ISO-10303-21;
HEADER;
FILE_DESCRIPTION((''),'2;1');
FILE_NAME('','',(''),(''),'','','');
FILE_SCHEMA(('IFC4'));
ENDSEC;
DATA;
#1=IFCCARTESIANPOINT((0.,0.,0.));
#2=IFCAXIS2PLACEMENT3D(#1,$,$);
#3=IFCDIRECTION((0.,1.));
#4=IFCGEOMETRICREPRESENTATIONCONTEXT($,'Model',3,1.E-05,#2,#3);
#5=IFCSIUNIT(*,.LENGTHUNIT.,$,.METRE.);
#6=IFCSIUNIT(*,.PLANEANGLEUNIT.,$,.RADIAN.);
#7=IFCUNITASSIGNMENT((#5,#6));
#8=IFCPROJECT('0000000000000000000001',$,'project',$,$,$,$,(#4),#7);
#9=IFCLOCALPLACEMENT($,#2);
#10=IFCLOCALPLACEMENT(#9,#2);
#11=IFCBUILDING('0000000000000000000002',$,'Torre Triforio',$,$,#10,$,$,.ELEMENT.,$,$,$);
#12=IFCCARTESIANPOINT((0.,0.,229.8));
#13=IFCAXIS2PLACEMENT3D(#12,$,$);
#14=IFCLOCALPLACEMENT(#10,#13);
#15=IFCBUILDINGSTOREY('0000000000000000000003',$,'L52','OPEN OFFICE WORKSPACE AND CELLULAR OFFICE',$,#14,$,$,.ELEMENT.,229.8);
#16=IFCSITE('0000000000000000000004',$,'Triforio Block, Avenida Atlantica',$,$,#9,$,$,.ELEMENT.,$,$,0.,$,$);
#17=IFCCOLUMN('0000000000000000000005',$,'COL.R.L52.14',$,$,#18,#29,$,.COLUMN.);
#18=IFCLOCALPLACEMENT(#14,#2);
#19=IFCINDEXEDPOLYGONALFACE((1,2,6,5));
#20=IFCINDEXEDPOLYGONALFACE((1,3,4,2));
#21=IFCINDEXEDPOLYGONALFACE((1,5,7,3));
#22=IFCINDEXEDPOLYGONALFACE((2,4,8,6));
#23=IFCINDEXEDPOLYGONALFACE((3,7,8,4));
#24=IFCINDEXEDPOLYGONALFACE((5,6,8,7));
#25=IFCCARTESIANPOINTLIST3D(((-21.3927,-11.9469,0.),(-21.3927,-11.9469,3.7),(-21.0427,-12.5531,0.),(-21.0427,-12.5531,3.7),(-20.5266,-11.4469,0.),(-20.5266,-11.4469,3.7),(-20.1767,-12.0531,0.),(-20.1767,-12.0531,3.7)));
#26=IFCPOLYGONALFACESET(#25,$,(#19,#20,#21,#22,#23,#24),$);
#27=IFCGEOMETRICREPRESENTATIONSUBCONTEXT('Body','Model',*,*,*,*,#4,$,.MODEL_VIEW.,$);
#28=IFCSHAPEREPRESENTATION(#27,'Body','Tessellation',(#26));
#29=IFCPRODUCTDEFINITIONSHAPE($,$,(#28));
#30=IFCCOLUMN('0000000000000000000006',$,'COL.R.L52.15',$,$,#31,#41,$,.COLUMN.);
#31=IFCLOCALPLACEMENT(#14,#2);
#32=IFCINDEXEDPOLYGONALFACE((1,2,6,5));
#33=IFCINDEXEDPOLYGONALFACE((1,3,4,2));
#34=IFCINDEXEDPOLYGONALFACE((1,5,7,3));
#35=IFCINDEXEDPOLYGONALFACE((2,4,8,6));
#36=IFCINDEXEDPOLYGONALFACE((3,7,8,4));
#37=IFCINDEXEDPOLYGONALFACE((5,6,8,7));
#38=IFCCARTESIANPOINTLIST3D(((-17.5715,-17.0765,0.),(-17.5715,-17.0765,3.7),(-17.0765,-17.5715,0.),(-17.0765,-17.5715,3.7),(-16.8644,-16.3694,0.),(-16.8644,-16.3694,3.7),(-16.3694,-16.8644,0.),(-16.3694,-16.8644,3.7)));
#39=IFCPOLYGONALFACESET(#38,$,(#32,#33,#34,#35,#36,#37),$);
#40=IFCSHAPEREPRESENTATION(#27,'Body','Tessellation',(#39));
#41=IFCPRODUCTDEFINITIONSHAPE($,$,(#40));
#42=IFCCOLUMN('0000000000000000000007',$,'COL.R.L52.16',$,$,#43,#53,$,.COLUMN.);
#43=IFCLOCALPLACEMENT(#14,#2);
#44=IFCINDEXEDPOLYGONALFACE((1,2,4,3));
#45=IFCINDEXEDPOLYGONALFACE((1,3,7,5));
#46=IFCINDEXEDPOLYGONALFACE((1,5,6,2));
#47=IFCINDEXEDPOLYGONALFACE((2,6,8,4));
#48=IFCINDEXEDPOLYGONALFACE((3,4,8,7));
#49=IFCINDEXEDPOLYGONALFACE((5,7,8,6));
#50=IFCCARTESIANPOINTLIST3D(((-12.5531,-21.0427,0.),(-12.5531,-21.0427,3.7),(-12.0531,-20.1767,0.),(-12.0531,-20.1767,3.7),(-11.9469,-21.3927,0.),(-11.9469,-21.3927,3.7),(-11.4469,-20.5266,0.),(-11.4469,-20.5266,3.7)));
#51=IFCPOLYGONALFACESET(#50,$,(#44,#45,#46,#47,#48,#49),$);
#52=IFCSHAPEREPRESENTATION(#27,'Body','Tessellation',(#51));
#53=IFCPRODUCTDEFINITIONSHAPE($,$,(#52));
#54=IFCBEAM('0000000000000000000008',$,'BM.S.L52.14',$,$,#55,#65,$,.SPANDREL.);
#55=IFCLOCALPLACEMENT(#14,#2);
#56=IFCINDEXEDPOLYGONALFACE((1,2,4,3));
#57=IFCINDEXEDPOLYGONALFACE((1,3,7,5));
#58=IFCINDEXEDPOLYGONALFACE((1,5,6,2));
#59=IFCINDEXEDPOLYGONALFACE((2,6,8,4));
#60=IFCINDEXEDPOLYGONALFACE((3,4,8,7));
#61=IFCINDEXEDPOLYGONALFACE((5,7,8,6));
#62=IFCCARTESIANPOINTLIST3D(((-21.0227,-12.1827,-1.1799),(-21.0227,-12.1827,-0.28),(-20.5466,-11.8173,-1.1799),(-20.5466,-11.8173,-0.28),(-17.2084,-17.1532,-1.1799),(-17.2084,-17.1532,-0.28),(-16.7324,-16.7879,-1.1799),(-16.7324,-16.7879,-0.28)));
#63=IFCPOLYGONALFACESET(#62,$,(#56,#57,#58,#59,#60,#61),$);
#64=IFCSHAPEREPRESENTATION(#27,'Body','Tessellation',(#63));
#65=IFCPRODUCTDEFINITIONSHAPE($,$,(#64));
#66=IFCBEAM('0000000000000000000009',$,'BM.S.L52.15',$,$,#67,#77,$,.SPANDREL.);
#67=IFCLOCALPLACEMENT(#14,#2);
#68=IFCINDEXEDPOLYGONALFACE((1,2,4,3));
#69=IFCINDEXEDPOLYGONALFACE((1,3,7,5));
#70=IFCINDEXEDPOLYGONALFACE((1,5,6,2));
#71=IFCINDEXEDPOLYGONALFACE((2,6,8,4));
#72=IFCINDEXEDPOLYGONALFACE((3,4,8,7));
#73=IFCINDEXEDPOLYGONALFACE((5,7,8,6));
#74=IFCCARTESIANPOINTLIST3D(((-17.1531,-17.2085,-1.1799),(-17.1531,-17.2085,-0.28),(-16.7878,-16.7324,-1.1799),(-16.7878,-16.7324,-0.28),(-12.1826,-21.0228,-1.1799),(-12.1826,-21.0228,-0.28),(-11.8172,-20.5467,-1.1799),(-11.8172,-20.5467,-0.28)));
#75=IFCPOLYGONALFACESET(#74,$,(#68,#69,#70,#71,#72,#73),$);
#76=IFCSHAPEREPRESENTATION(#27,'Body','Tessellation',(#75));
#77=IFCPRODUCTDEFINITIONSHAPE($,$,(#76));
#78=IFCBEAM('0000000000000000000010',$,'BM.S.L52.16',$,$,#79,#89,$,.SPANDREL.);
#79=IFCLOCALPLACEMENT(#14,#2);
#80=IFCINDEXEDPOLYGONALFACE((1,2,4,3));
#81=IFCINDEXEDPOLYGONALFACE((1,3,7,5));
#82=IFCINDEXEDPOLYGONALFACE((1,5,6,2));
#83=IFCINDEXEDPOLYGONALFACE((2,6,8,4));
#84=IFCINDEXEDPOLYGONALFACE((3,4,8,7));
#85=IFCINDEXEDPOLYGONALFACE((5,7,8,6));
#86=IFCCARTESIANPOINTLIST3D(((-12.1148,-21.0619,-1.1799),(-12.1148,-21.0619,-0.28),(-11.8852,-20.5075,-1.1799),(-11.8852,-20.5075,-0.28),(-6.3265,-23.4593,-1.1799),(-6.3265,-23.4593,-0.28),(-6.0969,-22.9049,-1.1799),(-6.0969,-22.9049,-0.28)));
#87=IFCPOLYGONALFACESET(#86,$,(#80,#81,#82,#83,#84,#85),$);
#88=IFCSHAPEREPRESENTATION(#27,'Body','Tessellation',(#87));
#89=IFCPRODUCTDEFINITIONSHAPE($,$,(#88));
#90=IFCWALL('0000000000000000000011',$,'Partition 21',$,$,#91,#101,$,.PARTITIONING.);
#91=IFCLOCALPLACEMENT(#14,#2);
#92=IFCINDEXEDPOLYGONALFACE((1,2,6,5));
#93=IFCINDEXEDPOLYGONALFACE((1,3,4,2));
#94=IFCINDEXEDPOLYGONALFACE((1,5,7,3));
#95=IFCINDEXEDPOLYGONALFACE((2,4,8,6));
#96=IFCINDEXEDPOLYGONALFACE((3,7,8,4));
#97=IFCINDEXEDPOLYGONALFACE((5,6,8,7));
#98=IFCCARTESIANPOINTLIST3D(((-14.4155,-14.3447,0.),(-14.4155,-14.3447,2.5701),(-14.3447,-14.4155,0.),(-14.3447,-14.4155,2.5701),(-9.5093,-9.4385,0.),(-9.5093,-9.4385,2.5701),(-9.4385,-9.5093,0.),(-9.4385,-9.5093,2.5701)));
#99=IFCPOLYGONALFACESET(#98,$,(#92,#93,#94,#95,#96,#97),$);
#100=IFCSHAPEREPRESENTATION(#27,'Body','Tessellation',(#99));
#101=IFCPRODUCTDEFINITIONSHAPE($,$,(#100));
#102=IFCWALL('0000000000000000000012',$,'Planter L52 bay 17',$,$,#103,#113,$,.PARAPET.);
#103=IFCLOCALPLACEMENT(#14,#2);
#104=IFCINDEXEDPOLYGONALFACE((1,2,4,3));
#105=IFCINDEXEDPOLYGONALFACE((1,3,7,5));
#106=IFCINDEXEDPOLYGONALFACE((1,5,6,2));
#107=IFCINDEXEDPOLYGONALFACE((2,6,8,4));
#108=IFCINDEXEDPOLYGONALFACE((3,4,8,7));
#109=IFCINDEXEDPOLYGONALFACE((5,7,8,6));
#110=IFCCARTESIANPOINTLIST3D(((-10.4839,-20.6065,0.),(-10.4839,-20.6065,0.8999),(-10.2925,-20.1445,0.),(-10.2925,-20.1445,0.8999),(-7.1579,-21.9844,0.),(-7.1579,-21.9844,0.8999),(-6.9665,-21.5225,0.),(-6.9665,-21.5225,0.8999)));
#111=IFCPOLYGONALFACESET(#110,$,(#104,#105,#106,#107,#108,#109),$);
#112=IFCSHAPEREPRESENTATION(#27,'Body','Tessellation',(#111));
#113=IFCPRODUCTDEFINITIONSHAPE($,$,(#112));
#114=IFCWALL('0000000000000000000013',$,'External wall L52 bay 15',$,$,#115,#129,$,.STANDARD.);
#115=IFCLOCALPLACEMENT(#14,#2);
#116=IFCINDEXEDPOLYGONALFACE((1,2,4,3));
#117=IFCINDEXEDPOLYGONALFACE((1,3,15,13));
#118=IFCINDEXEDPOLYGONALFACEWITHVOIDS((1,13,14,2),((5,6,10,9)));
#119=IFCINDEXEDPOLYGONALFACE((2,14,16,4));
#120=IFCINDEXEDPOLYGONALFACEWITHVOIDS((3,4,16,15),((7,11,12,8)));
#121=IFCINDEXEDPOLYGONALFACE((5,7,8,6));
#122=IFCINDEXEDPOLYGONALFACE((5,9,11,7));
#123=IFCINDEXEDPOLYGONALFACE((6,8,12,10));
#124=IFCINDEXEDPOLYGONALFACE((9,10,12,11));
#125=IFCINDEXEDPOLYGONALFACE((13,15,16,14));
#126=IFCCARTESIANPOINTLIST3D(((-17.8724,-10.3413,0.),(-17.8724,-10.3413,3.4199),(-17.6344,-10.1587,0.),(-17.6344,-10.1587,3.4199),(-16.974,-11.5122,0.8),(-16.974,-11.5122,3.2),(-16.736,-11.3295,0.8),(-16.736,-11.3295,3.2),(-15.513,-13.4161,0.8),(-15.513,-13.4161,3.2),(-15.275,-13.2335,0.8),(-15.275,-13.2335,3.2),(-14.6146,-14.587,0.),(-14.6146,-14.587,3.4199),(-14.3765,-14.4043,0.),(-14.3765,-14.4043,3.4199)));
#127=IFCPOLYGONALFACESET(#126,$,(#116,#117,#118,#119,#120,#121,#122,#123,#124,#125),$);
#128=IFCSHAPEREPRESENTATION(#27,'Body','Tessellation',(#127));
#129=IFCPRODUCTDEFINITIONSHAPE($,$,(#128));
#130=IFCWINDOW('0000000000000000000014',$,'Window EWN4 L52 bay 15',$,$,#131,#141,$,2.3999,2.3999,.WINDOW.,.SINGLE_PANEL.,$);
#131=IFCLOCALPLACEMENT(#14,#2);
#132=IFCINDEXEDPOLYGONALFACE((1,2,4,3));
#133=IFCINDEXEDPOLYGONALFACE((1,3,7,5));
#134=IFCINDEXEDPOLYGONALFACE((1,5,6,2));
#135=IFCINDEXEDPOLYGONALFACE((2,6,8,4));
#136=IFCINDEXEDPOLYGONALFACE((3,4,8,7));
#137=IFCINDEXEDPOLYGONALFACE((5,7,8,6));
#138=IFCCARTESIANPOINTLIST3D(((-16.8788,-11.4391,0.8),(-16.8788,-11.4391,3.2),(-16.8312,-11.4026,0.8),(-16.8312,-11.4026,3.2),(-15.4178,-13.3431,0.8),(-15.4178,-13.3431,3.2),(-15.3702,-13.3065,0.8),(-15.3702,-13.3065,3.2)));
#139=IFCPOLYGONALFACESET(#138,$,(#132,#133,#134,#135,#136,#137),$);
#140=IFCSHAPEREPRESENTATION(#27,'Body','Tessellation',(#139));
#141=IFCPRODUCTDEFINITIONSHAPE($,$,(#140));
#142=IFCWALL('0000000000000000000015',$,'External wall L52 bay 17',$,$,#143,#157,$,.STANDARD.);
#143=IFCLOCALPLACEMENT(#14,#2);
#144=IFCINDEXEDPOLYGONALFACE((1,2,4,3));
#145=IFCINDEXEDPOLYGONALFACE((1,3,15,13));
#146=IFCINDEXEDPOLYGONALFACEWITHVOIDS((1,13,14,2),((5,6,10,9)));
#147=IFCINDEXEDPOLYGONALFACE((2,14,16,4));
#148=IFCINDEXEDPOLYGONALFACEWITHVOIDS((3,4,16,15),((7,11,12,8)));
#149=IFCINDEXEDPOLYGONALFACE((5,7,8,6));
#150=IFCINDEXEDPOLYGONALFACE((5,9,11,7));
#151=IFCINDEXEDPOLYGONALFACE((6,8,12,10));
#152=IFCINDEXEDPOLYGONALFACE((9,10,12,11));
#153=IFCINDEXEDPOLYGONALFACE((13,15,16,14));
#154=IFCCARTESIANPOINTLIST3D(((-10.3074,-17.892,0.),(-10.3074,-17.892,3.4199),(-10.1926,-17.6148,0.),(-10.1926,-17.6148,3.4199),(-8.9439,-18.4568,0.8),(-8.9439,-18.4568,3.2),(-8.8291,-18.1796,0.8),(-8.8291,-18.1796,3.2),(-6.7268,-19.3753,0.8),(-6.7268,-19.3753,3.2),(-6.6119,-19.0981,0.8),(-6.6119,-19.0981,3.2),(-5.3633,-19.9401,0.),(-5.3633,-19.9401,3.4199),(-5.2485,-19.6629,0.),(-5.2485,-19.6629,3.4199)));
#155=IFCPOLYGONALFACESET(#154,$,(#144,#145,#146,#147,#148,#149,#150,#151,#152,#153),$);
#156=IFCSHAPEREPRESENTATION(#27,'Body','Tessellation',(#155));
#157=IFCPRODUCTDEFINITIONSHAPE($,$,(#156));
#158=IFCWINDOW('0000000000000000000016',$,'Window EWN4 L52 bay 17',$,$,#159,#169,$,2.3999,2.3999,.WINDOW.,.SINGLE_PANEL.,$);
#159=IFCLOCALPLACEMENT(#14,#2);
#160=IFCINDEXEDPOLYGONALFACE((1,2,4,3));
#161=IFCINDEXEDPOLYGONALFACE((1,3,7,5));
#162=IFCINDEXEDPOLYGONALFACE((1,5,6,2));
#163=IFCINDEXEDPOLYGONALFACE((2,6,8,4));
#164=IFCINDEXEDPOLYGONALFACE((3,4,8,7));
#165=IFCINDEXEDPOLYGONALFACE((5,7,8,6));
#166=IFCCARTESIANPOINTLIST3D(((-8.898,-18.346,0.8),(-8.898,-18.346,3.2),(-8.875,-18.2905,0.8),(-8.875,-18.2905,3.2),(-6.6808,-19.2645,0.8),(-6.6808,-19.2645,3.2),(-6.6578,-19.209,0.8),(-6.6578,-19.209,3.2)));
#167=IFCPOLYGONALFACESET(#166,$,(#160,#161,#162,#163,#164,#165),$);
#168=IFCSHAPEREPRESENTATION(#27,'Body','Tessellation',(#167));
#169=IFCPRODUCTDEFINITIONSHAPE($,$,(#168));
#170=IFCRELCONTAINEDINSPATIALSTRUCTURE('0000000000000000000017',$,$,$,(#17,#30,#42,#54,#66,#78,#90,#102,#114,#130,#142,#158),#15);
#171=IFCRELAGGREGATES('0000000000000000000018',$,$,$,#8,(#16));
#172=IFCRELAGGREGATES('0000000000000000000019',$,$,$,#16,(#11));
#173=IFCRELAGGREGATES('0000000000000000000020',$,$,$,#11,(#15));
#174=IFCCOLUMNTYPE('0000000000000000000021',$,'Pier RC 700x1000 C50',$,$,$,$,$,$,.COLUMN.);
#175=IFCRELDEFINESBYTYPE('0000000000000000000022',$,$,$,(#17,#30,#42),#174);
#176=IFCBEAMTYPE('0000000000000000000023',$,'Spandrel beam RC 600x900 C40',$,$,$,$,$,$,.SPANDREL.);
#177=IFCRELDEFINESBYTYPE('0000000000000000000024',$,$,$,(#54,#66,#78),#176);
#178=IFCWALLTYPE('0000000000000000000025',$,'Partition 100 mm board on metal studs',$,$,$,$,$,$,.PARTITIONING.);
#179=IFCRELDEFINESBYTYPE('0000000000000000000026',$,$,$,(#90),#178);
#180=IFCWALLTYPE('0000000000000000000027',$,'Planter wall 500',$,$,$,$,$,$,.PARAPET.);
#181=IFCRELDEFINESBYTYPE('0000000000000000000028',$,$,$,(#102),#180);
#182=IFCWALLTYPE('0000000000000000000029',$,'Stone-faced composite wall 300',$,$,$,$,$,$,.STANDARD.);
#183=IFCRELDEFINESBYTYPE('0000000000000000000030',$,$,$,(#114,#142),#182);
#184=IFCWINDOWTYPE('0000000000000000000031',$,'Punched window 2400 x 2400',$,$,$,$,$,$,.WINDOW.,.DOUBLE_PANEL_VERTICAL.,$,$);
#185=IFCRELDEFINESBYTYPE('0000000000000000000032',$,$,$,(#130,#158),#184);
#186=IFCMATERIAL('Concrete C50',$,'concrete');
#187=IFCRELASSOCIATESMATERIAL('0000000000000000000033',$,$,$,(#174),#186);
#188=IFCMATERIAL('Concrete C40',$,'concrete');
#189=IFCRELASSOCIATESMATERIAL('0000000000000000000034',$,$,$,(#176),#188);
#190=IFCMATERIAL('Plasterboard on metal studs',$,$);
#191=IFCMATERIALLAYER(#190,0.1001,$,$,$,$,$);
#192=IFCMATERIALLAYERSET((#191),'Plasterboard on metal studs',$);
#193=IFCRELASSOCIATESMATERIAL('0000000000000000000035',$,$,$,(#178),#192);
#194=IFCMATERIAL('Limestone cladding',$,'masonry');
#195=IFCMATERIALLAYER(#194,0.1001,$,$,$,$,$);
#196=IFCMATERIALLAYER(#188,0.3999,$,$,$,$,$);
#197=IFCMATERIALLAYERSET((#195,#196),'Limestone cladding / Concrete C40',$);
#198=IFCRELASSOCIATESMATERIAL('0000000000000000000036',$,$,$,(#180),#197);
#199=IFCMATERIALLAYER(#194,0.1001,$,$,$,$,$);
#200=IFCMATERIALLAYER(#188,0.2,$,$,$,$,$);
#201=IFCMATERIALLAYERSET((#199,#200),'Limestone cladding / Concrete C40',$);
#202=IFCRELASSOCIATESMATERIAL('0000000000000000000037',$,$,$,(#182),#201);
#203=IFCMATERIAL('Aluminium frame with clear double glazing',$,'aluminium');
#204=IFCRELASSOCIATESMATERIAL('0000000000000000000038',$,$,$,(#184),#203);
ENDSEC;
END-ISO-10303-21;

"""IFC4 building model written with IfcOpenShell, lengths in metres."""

from ifc_helpers import new_model, si_unit, direction, frame, frame_2d, origin, origin_2d, place, context, subcontext, project, spatial, rectangle, extrude, material, layer, layer_set, material_profile, profile_set, type_object, element, fill, save


model = new_model("IFC4")

# Units and contexts
model_context = context("Model", 3, precision=1e-05, world=origin(), true_north=direction((0.0, 1.0)))
body_context = subcontext(model_context, "Body", "Model", "MODEL_VIEW")
ifc_project = project(units=[si_unit("LENGTHUNIT", "METRE"), si_unit("PLANEANGLEUNIT", "RADIAN")], contexts=[model_context])

# Site, building, storey
site_placement = place(None, origin())
site = spatial("IfcSite", under=ifc_project, at=site_placement, Name="Triforio Block, Avenida Atlantica", CompositionType="ELEMENT", RefElevation=0.0)
building_placement = place(site_placement, origin())
building = spatial("IfcBuilding", under=site, at=building_placement, Name="Torre Triforio", CompositionType="ELEMENT")
storey_placement = place(building_placement, frame((0.0, 0.0, 229.8)))
storey = spatial("IfcBuildingStorey", under=building, at=storey_placement, Name="L52", Description="OPEN OFFICE WORKSPACE AND CELLULAR OFFICE", CompositionType="ELEMENT", Elevation=229.8)

# Columns
ifc_material_1 = material(Name="Concrete C50", Category="concrete")
ifc_material_profile_1 = material_profile(ifc_material_1, rectangle(XDim=0.7, YDim=1.0, at=origin_2d()), Name="RC 700x1000")
ifc_profile_set_1 = profile_set([ifc_material_profile_1], Name="Concrete C50")
column_type = type_object("IfcColumnType", Name="Pier RC 700x1000 C50", PredefinedType="COLUMN", material=ifc_profile_set_1)
for number, where, z_axis, x_axis, name in (
    (1, (-20.7847, -12.0, 0.0), (0.0, 0.0, 1.0), (0.5, -0.866025, 0.0), "COL.R.L52.14"),
    (2, (-16.9705, -16.9705, 0.0), (0.0, 0.0, 1.0), (0.707107, -0.707107, 0.0), "COL.R.L52.15"),
    (3, (-12.0, -20.7847, 0.0), (0.0, 0.0, 1.0), (0.866025, -0.5, 0.0), "COL.R.L52.16"),
):
    element("IfcColumn", number, at=place(storey_placement, frame(where, z_axis=z_axis, x_axis=x_axis)), inside=storey, type_object=column_type, Name=name, PredefinedType="COLUMN", context=body_context, shape_type="SweptSolid", body=[
        extrude(rectangle(XDim=0.7, YDim=1.0, at=origin_2d()), origin(), (0.0, 0.0, 1.0), 3.7),
    ])

# Beams
ifc_material_2 = material(Name="Concrete C40", Category="concrete")
ifc_material_profile_2 = material_profile(ifc_material_2, rectangle(XDim=0.6001, YDim=0.8999, at=origin_2d()), Name="RC 600x900")
ifc_profile_set_2 = profile_set([ifc_material_profile_2], Name="Concrete C40")
beam_type = type_object("IfcBeamType", Name="Spandrel beam RC 600x900 C40", PredefinedType="SPANDREL", material=ifc_profile_set_2)
for number, where, z_axis, x_axis, name in (
    (4, (-20.7847, -12.0, -0.73), (0.608786, -0.793335, 0.0), (0.793335, 0.608786, 0.0), "BM.S.L52.14"),
    (5, (-16.9705, -16.9705, -0.73), (0.793335, -0.608786, 0.0), (0.608786, 0.793335, 0.0), "BM.S.L52.15"),
):
    element("IfcBeam", number, at=place(storey_placement, frame(where, z_axis=z_axis, x_axis=x_axis)), inside=storey, type_object=beam_type, Name=name, PredefinedType="SPANDREL", context=body_context, shape_type="SweptSolid", body=[
        extrude(rectangle(XDim=0.6001, YDim=0.8999, at=origin_2d()), origin(), (0.0, 0.0, 1.0), 6.2654),
    ])
beam_placement = place(storey_placement, frame((-12.0, -20.7847, -0.73), z_axis=(0.923888, -0.382664, 0.0), x_axis=(0.382664, 0.923888, 0.0)))
element("IfcBeam", 6, at=beam_placement, inside=storey, type_object=beam_type, Name="BM.S.L52.16", PredefinedType="SPANDREL", context=body_context, shape_type="SweptSolid", body=[
    extrude(rectangle(XDim=0.6001, YDim=0.8999, at=origin_2d()), origin(), (0.0, 0.0, 1.0), 6.2651),
])

# Walls
ifc_material_3 = material(Name="Plasterboard on metal studs")
ifc_layer_1 = layer(ifc_material_3, 0.1001)
ifc_layer_set_1 = layer_set([ifc_layer_1], Name="Plasterboard on metal studs")
wall_type_1 = type_object("IfcWallType", Name="Partition 100 mm board on metal studs", PredefinedType="PARTITIONING", material=ifc_layer_set_1)
wall_1_placement = place(storey_placement, frame((-9.4739, -9.4739, 0.0), z_axis=(0.0, 0.0, 1.0), x_axis=(-0.707107, -0.707107, 0.0)))
element("IfcWall", 7, at=wall_1_placement, inside=storey, type_object=wall_type_1, Name="Partition 21", PredefinedType="PARTITIONING", context=body_context, shape_type="SweptSolid", body=[
    extrude(rectangle(XDim=6.9385, YDim=0.1001, at=frame_2d((3.4692, 0.0))), origin(), (0.0, 0.0, 1.0), 2.5701),
])
ifc_material_4 = material(Name="Limestone cladding", Category="masonry")
ifc_layer_2 = layer(ifc_material_4, 0.1001)
ifc_layer_3 = layer(ifc_material_2, 0.3999)
ifc_layer_set_2 = layer_set([ifc_layer_2, ifc_layer_3], Name="Limestone cladding / Concrete C40")
wall_type_2 = type_object("IfcWallType", Name="Planter wall 500", PredefinedType="PARAPET", material=ifc_layer_set_2)
wall_2_placement = place(storey_placement, frame((-10.3882, -20.3755, 0.0), z_axis=(0.0, 0.0, 1.0), x_axis=(0.923852, -0.382751, 0.0)))
element("IfcWall", 8, at=wall_2_placement, inside=storey, type_object=wall_type_2, Name="Planter L52 bay 17", PredefinedType="PARAPET", context=body_context, shape_type="SweptSolid", body=[
    extrude(rectangle(XDim=3.6001, YDim=0.5, at=frame_2d((1.8, 0.0))), origin(), (0.0, 0.0, 1.0), 0.8999),
])

# Wall, opening, window
ifc_layer_4 = layer(ifc_material_4, 0.1001)
ifc_layer_5 = layer(ifc_material_2, 0.2)
ifc_layer_set_3 = layer_set([ifc_layer_4, ifc_layer_5], Name="Limestone cladding / Concrete C40")
wall_type_3 = type_object("IfcWallType", Name="Stone-faced composite wall 300", PredefinedType="STANDARD", material=ifc_layer_set_3)
wall_3_placement = place(storey_placement, frame((-17.7534, -10.25, 0.0), z_axis=(0.0, 0.0, 1.0), x_axis=(0.608767, -0.793349, 0.0)))
wall_3 = element("IfcWall", 9, at=wall_3_placement, inside=storey, type_object=wall_type_3, Name="External wall L52 bay 15", PredefinedType="STANDARD", context=body_context, shape_type="SweptSolid", body=[
    extrude(rectangle(XDim=5.3516, YDim=0.3, at=frame_2d((2.6758, 0.0))), origin(), (0.0, 0.0, 1.0), 3.4199),
])
opening_1_placement = place(wall_3_placement, frame((1.4758, 0.0, 0.8)))
opening_1 = element("IfcOpeningElement", 10, at=opening_1_placement, cuts=wall_3, PredefinedType="OPENING", context=body_context, shape_type="SweptSolid", body=[
    extrude(rectangle(XDim=2.3999, YDim=2.3999, at=frame_2d((1.2, 1.2))), frame((0.0, 0.1599, 0.0), z_axis=(0.0, -1.0, 0.0), x_axis=(1.0, 0.0, 0.0)), (0.0, 0.0, 1.0), 0.3201),
])
ifc_material_5 = material(Name="Aluminium frame with clear double glazing", Category="aluminium")
window_type_1 = type_object("IfcWindowType", Name="Punched window 2400 x 2400", PartitioningType="DOUBLE_PANEL_VERTICAL", PredefinedType="WINDOW", material=ifc_material_5)
window_1_placement = place(opening_1_placement, origin())
window_1 = element("IfcWindow", 11, at=window_1_placement, inside=storey, type_object=window_type_1, Name="Window EWN4 L52 bay 15", OverallHeight=2.3999, OverallWidth=2.3999, PartitioningType="SINGLE_PANEL", PredefinedType="WINDOW", context=body_context, shape_type="SweptSolid", body=[
    extrude(rectangle(XDim=2.3999, YDim=2.3999, at=frame_2d((1.2, 1.2))), frame((0.0, 0.03, 0.0), z_axis=(0.0, -1.0, 0.0), x_axis=(1.0, 0.0, 0.0)), (0.0, 0.0, 1.0), 0.0601),
])
fill(opening_1, window_1)

# Wall, opening, window
wall_4_placement = place(storey_placement, frame((-10.25, -17.7534, 0.0), z_axis=(0.0, 0.0, 1.0), x_axis=(0.923867, -0.382713, 0.0)))
wall_4 = element("IfcWall", 12, at=wall_4_placement, inside=storey, type_object=wall_type_3, Name="External wall L52 bay 17", PredefinedType="STANDARD", context=body_context, shape_type="SweptSolid", body=[
    extrude(rectangle(XDim=5.3516, YDim=0.3, at=frame_2d((2.6758, 0.0))), origin(), (0.0, 0.0, 1.0), 3.4199),
])
opening_2_placement = place(wall_4_placement, frame((1.4758, 0.0, 0.8)))
opening_2 = element("IfcOpeningElement", 13, at=opening_2_placement, cuts=wall_4, PredefinedType="OPENING", context=body_context, shape_type="SweptSolid", body=[
    extrude(rectangle(XDim=2.3999, YDim=2.3999, at=frame_2d((1.2, 1.2))), frame((0.0, 0.1599, 0.0), z_axis=(0.0, -1.0, 0.0), x_axis=(1.0, 0.0, 0.0)), (0.0, 0.0, 1.0), 0.3201),
])
window_2_placement = place(opening_2_placement, origin())
window_2 = element("IfcWindow", 14, at=window_2_placement, inside=storey, type_object=window_type_1, Name="Window EWN4 L52 bay 17", OverallHeight=2.3999, OverallWidth=2.3999, PartitioningType="SINGLE_PANEL", PredefinedType="WINDOW", context=body_context, shape_type="SweptSolid", body=[
    extrude(rectangle(XDim=2.3999, YDim=2.3999, at=frame_2d((1.2, 1.2))), frame((0.0, 0.03, 0.0), z_axis=(0.0, -1.0, 0.0), x_axis=(1.0, 0.0, 0.0)), (0.0, 0.0, 1.0), 0.0601),
])
fill(opening_2, window_2)

save(model, "model.ifc")
